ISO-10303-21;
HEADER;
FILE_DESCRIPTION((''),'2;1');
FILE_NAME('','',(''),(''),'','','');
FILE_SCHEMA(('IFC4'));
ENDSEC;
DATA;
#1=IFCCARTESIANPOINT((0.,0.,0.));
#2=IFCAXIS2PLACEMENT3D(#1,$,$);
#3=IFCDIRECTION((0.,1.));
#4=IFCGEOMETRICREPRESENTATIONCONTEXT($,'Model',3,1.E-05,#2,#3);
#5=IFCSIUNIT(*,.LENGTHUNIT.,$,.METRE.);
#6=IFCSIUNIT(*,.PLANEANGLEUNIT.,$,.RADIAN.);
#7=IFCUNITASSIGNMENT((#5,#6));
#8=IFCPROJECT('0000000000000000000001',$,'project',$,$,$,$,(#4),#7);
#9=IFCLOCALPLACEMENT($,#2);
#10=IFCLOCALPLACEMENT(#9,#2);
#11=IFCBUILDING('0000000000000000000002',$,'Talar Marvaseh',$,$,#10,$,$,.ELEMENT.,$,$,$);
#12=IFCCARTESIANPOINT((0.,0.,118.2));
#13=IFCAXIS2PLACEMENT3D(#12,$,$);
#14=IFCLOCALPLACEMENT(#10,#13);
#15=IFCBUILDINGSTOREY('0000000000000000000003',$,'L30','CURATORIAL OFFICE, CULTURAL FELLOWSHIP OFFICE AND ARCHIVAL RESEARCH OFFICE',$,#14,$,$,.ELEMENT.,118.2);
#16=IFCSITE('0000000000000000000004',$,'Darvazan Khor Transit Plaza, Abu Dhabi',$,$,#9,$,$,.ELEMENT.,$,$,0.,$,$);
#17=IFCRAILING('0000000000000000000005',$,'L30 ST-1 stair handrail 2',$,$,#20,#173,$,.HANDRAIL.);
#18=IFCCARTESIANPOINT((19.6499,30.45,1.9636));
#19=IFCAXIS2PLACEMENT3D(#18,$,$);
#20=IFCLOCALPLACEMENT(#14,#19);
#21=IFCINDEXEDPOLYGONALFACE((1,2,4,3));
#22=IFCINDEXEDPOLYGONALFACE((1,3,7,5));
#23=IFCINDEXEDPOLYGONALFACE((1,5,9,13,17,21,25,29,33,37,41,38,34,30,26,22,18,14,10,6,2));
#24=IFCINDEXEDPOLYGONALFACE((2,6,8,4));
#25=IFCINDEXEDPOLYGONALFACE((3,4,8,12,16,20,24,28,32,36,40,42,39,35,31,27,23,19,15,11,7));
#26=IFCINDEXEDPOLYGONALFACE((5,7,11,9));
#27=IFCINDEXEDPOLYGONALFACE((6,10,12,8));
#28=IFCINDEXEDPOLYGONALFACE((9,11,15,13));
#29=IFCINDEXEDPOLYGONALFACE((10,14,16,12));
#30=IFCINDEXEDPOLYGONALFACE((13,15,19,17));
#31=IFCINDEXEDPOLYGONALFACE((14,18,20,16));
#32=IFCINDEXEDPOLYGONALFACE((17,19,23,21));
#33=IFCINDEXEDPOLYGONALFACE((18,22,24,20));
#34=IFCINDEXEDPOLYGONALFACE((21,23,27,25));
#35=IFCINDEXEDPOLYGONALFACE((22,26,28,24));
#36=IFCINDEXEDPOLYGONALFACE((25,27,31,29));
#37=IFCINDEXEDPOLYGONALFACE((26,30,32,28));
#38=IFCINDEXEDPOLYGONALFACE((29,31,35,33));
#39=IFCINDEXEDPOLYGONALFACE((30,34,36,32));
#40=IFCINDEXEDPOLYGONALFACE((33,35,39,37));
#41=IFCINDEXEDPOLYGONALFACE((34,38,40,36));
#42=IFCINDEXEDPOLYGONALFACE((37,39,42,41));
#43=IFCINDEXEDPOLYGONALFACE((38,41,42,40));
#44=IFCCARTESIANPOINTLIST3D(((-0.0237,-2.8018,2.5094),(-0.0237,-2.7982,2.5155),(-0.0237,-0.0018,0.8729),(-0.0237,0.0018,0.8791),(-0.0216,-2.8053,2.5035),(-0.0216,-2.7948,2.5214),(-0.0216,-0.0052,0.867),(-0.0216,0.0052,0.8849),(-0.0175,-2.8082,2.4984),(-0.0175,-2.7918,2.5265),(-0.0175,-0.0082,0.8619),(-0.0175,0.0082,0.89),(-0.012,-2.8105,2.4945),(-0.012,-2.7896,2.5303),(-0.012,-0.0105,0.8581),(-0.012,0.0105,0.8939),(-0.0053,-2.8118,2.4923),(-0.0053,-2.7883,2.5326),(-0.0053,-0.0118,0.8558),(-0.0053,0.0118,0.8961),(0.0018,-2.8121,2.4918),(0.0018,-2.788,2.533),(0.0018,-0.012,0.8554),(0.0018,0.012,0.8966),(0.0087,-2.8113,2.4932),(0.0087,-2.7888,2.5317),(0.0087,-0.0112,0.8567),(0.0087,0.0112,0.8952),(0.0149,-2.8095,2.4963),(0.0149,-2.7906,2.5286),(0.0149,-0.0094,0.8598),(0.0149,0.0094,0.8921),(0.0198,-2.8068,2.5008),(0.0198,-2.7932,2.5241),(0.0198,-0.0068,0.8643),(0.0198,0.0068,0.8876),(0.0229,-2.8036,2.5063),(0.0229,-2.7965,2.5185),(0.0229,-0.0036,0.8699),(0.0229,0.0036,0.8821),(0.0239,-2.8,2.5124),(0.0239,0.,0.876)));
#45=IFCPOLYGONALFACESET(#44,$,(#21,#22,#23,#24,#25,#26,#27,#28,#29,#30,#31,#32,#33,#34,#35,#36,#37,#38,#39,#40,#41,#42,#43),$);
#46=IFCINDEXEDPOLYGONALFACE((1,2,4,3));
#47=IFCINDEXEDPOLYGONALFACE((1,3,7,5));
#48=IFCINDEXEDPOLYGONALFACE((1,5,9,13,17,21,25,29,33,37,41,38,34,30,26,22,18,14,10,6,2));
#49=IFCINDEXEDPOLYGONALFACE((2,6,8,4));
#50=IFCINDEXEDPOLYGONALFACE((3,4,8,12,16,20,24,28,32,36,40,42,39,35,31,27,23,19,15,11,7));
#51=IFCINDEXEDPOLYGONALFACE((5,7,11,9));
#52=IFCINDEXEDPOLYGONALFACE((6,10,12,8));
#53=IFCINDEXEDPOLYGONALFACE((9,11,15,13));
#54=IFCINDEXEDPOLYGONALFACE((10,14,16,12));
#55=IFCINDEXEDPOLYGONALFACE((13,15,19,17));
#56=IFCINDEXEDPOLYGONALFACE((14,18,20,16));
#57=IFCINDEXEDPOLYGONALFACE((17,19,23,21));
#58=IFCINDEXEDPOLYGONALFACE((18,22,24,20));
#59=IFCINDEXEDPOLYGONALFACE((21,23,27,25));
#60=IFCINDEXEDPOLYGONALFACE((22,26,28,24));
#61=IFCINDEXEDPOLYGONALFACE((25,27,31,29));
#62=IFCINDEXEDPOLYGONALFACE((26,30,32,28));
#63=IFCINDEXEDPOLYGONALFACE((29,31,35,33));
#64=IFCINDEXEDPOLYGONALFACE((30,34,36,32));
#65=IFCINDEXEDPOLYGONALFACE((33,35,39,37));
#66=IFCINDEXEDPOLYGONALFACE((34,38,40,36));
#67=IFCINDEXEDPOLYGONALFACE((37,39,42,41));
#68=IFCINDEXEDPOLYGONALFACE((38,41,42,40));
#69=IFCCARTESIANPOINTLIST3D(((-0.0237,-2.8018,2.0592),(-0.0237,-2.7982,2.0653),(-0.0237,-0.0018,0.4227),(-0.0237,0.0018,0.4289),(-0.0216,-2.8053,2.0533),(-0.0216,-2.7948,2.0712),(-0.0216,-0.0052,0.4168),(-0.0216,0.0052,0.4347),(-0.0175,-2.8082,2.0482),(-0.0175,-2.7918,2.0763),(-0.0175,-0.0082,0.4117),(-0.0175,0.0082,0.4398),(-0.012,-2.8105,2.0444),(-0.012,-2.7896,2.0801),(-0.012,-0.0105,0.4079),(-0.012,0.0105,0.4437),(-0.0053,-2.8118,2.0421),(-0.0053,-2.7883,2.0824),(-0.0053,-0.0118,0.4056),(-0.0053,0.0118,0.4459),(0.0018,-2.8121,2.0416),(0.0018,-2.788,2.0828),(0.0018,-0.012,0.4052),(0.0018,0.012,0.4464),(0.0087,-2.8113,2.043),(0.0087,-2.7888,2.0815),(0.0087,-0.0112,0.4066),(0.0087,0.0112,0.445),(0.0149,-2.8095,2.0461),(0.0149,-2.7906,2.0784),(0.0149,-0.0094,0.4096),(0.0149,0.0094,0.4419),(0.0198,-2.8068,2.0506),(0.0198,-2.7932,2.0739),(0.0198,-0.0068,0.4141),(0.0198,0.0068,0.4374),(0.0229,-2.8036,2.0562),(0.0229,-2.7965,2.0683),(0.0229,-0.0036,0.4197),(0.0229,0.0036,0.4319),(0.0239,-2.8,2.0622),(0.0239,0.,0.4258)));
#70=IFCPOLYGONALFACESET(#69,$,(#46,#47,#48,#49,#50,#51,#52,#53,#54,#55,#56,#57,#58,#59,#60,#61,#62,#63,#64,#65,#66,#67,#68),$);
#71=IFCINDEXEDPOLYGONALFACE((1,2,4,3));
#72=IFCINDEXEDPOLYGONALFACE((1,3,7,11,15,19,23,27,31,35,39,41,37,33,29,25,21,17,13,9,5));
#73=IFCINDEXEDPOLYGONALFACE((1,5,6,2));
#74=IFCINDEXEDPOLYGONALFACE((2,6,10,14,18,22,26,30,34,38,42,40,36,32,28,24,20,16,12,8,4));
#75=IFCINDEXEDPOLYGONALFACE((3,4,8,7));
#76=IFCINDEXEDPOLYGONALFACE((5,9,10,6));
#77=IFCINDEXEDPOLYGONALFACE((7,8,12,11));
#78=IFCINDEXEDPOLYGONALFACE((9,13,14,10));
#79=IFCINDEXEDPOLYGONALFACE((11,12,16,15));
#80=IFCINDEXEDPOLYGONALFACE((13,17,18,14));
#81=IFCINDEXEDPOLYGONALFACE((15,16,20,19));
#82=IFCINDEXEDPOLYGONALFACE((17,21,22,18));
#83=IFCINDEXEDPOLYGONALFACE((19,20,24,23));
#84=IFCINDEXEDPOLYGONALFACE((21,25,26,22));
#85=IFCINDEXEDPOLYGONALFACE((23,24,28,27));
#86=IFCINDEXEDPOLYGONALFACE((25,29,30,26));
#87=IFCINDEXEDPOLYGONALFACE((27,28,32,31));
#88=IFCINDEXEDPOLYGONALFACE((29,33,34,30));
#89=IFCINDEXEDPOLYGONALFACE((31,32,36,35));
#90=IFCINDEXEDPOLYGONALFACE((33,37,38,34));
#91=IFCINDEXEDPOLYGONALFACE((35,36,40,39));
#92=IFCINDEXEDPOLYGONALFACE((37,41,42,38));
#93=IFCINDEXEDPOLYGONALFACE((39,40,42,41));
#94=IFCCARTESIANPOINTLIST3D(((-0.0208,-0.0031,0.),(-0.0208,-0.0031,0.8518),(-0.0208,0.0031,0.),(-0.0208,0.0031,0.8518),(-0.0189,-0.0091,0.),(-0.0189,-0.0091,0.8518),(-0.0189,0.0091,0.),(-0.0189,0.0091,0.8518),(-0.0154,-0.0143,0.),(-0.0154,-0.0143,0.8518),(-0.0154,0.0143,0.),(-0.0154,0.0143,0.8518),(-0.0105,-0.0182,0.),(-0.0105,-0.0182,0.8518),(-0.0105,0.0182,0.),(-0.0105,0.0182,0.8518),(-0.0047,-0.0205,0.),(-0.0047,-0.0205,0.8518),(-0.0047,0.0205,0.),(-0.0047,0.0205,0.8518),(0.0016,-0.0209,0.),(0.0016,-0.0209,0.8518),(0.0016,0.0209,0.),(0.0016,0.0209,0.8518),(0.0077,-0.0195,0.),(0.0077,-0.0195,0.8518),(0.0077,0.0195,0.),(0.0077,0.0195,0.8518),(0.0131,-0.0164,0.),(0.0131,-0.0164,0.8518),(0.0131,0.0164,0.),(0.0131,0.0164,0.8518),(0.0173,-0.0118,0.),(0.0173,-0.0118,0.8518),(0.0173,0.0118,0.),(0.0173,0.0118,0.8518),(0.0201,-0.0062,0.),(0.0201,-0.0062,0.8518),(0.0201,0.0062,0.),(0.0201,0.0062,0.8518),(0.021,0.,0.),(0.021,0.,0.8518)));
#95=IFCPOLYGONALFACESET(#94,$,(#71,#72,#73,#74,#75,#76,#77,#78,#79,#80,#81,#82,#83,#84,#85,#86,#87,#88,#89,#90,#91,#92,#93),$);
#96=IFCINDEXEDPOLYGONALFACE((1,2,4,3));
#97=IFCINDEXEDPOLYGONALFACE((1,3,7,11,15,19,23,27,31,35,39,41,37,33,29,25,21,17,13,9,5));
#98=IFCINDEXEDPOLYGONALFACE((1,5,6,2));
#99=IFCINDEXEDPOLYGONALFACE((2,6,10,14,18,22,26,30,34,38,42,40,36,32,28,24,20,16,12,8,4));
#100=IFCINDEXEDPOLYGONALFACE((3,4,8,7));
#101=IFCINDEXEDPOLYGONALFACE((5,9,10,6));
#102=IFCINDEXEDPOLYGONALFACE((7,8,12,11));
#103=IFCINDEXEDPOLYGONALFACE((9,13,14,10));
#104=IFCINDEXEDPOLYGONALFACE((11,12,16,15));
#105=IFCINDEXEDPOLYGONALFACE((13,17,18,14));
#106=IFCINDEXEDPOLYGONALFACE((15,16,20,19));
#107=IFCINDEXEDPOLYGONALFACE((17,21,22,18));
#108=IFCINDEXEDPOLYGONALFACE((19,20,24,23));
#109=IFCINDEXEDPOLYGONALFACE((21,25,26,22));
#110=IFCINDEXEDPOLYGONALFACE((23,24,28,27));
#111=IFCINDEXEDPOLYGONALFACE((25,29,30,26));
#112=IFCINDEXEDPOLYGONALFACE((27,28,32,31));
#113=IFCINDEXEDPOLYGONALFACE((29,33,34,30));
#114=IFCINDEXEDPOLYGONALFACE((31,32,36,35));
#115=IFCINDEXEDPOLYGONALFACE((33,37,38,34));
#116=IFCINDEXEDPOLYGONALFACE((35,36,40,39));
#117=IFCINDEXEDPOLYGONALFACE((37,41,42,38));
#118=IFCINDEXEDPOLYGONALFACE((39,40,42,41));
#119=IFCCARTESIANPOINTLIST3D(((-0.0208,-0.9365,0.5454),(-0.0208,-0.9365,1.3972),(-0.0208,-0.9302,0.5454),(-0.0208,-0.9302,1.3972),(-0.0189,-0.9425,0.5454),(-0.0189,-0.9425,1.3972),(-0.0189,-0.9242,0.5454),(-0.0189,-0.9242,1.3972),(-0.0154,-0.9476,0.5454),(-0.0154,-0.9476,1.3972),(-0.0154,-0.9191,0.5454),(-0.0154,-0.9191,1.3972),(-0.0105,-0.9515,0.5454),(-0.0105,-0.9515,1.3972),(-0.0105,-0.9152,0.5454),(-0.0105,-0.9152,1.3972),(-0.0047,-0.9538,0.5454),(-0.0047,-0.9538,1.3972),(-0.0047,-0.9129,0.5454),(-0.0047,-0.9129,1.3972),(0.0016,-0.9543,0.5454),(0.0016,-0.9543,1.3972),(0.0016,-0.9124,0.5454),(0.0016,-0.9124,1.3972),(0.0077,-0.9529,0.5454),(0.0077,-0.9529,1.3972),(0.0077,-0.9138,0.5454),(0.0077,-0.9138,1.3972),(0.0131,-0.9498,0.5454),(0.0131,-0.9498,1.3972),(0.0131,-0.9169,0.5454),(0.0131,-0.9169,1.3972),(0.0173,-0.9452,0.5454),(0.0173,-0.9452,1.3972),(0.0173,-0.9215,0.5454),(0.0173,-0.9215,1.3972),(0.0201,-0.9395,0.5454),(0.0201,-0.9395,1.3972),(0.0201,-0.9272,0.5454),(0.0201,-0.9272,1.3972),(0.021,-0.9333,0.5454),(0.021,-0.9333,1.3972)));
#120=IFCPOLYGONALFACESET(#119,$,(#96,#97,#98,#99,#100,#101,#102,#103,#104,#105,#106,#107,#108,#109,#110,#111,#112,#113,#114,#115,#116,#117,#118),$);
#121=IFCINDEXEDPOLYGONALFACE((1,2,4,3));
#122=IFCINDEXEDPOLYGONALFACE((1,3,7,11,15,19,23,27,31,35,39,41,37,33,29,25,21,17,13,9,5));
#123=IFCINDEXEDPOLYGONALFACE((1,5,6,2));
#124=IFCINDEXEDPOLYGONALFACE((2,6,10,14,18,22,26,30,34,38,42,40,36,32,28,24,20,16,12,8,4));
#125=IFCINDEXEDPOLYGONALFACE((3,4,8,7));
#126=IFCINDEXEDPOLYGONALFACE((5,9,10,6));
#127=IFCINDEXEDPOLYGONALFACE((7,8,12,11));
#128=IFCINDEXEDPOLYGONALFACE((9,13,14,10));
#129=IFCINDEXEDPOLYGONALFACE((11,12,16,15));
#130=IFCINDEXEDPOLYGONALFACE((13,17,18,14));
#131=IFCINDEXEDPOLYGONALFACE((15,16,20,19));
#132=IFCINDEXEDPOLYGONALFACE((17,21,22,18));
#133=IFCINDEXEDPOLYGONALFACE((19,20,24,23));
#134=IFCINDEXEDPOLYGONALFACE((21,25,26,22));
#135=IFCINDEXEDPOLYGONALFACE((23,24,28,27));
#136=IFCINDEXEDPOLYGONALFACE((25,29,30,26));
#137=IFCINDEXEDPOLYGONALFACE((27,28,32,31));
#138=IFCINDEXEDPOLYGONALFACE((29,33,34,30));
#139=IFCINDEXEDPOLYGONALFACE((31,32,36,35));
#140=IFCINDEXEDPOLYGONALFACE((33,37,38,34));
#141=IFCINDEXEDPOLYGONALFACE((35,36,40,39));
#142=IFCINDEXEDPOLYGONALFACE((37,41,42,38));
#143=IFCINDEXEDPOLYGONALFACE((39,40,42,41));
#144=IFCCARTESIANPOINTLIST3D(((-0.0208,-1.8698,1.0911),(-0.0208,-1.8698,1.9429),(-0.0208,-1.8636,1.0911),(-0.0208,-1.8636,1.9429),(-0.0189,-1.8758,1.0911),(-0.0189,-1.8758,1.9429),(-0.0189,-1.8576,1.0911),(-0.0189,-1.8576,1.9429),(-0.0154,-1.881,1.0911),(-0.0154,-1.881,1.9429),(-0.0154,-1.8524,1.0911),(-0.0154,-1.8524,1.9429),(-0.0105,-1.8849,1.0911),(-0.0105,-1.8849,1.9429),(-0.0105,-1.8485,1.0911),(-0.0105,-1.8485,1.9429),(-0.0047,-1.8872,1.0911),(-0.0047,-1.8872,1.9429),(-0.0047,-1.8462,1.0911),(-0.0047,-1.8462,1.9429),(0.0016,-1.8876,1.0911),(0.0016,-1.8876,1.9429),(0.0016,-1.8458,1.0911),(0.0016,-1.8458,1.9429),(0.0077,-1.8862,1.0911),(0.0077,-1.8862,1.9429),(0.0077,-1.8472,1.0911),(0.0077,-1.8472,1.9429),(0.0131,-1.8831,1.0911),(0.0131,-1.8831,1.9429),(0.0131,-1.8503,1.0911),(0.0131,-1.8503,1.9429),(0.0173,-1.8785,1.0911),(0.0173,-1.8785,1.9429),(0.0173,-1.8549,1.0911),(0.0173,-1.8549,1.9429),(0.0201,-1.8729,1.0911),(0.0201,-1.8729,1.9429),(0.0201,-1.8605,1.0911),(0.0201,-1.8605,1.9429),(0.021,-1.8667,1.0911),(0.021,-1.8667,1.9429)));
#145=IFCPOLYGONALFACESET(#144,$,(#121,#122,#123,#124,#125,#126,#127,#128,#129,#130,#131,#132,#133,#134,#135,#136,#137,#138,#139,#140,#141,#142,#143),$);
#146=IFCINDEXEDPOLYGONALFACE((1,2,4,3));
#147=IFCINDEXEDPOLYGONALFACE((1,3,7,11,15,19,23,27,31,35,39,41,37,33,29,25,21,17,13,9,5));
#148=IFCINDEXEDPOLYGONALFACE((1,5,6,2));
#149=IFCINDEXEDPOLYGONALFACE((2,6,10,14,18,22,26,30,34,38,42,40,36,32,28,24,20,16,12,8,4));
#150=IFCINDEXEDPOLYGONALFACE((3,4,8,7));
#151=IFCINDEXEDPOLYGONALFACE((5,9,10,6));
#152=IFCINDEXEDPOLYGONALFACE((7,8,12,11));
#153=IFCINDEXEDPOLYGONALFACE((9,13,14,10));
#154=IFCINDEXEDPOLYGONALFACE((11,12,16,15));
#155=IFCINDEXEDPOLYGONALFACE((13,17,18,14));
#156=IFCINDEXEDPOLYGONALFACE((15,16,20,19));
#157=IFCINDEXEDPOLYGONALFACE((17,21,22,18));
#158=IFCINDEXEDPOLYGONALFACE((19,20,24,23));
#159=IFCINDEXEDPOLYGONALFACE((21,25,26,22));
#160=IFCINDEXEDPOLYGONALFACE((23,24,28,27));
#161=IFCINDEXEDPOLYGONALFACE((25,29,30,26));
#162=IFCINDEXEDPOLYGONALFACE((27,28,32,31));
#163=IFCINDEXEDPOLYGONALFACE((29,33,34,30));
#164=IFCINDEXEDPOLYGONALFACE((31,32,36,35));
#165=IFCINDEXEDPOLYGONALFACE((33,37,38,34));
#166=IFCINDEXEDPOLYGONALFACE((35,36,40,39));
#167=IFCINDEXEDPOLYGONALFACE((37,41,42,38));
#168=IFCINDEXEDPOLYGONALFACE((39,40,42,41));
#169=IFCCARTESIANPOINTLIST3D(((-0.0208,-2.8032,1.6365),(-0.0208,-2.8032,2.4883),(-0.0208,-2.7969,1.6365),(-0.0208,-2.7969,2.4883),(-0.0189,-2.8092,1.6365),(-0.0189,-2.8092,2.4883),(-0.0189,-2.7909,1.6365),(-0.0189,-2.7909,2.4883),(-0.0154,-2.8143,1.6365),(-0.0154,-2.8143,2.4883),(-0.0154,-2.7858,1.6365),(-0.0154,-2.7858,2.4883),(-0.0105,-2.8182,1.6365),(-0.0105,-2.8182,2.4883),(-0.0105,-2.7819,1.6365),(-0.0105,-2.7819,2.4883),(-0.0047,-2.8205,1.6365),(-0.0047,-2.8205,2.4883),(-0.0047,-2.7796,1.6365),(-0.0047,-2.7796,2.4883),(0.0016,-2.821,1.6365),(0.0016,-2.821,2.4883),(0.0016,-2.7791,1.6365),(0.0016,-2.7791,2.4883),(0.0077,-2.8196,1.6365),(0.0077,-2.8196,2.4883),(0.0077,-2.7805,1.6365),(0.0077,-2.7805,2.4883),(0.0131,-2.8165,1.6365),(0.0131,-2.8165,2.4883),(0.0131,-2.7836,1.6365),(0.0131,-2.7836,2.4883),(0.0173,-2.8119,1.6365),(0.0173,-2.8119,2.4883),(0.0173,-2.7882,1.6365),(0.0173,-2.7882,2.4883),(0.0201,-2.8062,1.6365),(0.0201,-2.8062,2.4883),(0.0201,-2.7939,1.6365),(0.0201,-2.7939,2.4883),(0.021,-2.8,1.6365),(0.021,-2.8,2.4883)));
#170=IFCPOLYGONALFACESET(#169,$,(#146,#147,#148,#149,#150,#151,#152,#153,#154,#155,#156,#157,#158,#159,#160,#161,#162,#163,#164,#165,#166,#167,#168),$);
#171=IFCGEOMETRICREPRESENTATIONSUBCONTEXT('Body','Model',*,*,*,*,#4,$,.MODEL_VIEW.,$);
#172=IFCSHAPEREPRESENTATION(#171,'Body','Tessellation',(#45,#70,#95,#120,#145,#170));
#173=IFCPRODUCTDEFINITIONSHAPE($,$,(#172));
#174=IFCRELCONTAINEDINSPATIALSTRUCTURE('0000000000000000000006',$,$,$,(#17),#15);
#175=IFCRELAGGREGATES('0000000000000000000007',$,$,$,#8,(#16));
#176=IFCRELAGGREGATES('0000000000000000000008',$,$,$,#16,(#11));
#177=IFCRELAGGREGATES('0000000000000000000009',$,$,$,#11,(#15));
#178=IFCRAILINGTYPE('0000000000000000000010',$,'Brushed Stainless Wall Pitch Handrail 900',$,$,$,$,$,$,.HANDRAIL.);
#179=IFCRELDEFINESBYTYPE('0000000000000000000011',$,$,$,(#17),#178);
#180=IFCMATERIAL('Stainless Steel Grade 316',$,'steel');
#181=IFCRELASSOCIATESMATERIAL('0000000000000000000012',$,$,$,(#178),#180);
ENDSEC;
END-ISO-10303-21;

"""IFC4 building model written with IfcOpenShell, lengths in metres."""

from ifc_helpers import new_model, si_unit, direction, frame, origin, origin_2d, place, context, subcontext, project, spatial, circle, extrude, material, type_object, element, save


model = new_model("IFC4")

# Units and contexts
model_context = context("Model", 3, precision=1e-05, world=origin(), true_north=direction((0.0, 1.0)))
body_context = subcontext(model_context, "Body", "Model", "MODEL_VIEW")
ifc_project = project(units=[si_unit("LENGTHUNIT", "METRE"), si_unit("PLANEANGLEUNIT", "RADIAN")], contexts=[model_context])

# Site, building, storey
site_placement = place(None, origin())
site = spatial("IfcSite", under=ifc_project, at=site_placement, Name="Darvazan Khor Transit Plaza, Abu Dhabi", CompositionType="ELEMENT", RefElevation=0.0)
building_placement = place(site_placement, origin())
building = spatial("IfcBuilding", under=site, at=building_placement, Name="Talar Marvaseh", CompositionType="ELEMENT")
storey_placement = place(building_placement, frame((0.0, 0.0, 118.2)))
storey = spatial("IfcBuildingStorey", under=building, at=storey_placement, Name="L30", Description="CURATORIAL OFFICE, CULTURAL FELLOWSHIP OFFICE AND ARCHIVAL RESEARCH OFFICE", CompositionType="ELEMENT", Elevation=118.2)

# Railing
ifc_material_1 = material(Name="Stainless Steel Grade 316", Category="steel")
railing_type_1 = type_object("IfcRailingType", Name="Brushed Stainless Wall Pitch Handrail 900", PredefinedType="HANDRAIL", material=ifc_material_1)
railing_1_placement = place(storey_placement, frame((19.6499, 30.45, 1.9636)))
element("IfcRailing", 1, at=railing_1_placement, inside=storey, type_object=railing_type_1, Name="L30 ST-1 stair handrail 2", PredefinedType="HANDRAIL", context=body_context, shape_type="SweptSolid", body=[
    extrude(circle(Radius=0.0239, at=origin_2d()), frame((0.0, 0.0, 0.876), z_axis=(0.0, -0.863361, 0.504587), x_axis=(1.0, 0.0, 0.0)), (0.0, 0.0, 1.0), 3.2432),
    extrude(circle(Radius=0.0239, at=origin_2d()), frame((0.0, 0.0, 0.4258), z_axis=(0.0, -0.863361, 0.504587), x_axis=(1.0, 0.0, 0.0)), (0.0, 0.0, 1.0), 3.2432),
    extrude(circle(Radius=0.021, at=origin_2d()), origin(), (0.0, 0.0, 1.0), 0.8518),
    extrude(circle(Radius=0.021, at=origin_2d()), frame((0.0, -0.9333, 0.5454)), (0.0, 0.0, 1.0), 0.8518),
    extrude(circle(Radius=0.021, at=origin_2d()), frame((0.0, -1.8667, 1.0911)), (0.0, 0.0, 1.0), 0.8518),
    extrude(circle(Radius=0.021, at=origin_2d()), frame((0.0, -2.8, 1.6365)), (0.0, 0.0, 1.0), 0.8518),
])

save(model, "model.ifc")
